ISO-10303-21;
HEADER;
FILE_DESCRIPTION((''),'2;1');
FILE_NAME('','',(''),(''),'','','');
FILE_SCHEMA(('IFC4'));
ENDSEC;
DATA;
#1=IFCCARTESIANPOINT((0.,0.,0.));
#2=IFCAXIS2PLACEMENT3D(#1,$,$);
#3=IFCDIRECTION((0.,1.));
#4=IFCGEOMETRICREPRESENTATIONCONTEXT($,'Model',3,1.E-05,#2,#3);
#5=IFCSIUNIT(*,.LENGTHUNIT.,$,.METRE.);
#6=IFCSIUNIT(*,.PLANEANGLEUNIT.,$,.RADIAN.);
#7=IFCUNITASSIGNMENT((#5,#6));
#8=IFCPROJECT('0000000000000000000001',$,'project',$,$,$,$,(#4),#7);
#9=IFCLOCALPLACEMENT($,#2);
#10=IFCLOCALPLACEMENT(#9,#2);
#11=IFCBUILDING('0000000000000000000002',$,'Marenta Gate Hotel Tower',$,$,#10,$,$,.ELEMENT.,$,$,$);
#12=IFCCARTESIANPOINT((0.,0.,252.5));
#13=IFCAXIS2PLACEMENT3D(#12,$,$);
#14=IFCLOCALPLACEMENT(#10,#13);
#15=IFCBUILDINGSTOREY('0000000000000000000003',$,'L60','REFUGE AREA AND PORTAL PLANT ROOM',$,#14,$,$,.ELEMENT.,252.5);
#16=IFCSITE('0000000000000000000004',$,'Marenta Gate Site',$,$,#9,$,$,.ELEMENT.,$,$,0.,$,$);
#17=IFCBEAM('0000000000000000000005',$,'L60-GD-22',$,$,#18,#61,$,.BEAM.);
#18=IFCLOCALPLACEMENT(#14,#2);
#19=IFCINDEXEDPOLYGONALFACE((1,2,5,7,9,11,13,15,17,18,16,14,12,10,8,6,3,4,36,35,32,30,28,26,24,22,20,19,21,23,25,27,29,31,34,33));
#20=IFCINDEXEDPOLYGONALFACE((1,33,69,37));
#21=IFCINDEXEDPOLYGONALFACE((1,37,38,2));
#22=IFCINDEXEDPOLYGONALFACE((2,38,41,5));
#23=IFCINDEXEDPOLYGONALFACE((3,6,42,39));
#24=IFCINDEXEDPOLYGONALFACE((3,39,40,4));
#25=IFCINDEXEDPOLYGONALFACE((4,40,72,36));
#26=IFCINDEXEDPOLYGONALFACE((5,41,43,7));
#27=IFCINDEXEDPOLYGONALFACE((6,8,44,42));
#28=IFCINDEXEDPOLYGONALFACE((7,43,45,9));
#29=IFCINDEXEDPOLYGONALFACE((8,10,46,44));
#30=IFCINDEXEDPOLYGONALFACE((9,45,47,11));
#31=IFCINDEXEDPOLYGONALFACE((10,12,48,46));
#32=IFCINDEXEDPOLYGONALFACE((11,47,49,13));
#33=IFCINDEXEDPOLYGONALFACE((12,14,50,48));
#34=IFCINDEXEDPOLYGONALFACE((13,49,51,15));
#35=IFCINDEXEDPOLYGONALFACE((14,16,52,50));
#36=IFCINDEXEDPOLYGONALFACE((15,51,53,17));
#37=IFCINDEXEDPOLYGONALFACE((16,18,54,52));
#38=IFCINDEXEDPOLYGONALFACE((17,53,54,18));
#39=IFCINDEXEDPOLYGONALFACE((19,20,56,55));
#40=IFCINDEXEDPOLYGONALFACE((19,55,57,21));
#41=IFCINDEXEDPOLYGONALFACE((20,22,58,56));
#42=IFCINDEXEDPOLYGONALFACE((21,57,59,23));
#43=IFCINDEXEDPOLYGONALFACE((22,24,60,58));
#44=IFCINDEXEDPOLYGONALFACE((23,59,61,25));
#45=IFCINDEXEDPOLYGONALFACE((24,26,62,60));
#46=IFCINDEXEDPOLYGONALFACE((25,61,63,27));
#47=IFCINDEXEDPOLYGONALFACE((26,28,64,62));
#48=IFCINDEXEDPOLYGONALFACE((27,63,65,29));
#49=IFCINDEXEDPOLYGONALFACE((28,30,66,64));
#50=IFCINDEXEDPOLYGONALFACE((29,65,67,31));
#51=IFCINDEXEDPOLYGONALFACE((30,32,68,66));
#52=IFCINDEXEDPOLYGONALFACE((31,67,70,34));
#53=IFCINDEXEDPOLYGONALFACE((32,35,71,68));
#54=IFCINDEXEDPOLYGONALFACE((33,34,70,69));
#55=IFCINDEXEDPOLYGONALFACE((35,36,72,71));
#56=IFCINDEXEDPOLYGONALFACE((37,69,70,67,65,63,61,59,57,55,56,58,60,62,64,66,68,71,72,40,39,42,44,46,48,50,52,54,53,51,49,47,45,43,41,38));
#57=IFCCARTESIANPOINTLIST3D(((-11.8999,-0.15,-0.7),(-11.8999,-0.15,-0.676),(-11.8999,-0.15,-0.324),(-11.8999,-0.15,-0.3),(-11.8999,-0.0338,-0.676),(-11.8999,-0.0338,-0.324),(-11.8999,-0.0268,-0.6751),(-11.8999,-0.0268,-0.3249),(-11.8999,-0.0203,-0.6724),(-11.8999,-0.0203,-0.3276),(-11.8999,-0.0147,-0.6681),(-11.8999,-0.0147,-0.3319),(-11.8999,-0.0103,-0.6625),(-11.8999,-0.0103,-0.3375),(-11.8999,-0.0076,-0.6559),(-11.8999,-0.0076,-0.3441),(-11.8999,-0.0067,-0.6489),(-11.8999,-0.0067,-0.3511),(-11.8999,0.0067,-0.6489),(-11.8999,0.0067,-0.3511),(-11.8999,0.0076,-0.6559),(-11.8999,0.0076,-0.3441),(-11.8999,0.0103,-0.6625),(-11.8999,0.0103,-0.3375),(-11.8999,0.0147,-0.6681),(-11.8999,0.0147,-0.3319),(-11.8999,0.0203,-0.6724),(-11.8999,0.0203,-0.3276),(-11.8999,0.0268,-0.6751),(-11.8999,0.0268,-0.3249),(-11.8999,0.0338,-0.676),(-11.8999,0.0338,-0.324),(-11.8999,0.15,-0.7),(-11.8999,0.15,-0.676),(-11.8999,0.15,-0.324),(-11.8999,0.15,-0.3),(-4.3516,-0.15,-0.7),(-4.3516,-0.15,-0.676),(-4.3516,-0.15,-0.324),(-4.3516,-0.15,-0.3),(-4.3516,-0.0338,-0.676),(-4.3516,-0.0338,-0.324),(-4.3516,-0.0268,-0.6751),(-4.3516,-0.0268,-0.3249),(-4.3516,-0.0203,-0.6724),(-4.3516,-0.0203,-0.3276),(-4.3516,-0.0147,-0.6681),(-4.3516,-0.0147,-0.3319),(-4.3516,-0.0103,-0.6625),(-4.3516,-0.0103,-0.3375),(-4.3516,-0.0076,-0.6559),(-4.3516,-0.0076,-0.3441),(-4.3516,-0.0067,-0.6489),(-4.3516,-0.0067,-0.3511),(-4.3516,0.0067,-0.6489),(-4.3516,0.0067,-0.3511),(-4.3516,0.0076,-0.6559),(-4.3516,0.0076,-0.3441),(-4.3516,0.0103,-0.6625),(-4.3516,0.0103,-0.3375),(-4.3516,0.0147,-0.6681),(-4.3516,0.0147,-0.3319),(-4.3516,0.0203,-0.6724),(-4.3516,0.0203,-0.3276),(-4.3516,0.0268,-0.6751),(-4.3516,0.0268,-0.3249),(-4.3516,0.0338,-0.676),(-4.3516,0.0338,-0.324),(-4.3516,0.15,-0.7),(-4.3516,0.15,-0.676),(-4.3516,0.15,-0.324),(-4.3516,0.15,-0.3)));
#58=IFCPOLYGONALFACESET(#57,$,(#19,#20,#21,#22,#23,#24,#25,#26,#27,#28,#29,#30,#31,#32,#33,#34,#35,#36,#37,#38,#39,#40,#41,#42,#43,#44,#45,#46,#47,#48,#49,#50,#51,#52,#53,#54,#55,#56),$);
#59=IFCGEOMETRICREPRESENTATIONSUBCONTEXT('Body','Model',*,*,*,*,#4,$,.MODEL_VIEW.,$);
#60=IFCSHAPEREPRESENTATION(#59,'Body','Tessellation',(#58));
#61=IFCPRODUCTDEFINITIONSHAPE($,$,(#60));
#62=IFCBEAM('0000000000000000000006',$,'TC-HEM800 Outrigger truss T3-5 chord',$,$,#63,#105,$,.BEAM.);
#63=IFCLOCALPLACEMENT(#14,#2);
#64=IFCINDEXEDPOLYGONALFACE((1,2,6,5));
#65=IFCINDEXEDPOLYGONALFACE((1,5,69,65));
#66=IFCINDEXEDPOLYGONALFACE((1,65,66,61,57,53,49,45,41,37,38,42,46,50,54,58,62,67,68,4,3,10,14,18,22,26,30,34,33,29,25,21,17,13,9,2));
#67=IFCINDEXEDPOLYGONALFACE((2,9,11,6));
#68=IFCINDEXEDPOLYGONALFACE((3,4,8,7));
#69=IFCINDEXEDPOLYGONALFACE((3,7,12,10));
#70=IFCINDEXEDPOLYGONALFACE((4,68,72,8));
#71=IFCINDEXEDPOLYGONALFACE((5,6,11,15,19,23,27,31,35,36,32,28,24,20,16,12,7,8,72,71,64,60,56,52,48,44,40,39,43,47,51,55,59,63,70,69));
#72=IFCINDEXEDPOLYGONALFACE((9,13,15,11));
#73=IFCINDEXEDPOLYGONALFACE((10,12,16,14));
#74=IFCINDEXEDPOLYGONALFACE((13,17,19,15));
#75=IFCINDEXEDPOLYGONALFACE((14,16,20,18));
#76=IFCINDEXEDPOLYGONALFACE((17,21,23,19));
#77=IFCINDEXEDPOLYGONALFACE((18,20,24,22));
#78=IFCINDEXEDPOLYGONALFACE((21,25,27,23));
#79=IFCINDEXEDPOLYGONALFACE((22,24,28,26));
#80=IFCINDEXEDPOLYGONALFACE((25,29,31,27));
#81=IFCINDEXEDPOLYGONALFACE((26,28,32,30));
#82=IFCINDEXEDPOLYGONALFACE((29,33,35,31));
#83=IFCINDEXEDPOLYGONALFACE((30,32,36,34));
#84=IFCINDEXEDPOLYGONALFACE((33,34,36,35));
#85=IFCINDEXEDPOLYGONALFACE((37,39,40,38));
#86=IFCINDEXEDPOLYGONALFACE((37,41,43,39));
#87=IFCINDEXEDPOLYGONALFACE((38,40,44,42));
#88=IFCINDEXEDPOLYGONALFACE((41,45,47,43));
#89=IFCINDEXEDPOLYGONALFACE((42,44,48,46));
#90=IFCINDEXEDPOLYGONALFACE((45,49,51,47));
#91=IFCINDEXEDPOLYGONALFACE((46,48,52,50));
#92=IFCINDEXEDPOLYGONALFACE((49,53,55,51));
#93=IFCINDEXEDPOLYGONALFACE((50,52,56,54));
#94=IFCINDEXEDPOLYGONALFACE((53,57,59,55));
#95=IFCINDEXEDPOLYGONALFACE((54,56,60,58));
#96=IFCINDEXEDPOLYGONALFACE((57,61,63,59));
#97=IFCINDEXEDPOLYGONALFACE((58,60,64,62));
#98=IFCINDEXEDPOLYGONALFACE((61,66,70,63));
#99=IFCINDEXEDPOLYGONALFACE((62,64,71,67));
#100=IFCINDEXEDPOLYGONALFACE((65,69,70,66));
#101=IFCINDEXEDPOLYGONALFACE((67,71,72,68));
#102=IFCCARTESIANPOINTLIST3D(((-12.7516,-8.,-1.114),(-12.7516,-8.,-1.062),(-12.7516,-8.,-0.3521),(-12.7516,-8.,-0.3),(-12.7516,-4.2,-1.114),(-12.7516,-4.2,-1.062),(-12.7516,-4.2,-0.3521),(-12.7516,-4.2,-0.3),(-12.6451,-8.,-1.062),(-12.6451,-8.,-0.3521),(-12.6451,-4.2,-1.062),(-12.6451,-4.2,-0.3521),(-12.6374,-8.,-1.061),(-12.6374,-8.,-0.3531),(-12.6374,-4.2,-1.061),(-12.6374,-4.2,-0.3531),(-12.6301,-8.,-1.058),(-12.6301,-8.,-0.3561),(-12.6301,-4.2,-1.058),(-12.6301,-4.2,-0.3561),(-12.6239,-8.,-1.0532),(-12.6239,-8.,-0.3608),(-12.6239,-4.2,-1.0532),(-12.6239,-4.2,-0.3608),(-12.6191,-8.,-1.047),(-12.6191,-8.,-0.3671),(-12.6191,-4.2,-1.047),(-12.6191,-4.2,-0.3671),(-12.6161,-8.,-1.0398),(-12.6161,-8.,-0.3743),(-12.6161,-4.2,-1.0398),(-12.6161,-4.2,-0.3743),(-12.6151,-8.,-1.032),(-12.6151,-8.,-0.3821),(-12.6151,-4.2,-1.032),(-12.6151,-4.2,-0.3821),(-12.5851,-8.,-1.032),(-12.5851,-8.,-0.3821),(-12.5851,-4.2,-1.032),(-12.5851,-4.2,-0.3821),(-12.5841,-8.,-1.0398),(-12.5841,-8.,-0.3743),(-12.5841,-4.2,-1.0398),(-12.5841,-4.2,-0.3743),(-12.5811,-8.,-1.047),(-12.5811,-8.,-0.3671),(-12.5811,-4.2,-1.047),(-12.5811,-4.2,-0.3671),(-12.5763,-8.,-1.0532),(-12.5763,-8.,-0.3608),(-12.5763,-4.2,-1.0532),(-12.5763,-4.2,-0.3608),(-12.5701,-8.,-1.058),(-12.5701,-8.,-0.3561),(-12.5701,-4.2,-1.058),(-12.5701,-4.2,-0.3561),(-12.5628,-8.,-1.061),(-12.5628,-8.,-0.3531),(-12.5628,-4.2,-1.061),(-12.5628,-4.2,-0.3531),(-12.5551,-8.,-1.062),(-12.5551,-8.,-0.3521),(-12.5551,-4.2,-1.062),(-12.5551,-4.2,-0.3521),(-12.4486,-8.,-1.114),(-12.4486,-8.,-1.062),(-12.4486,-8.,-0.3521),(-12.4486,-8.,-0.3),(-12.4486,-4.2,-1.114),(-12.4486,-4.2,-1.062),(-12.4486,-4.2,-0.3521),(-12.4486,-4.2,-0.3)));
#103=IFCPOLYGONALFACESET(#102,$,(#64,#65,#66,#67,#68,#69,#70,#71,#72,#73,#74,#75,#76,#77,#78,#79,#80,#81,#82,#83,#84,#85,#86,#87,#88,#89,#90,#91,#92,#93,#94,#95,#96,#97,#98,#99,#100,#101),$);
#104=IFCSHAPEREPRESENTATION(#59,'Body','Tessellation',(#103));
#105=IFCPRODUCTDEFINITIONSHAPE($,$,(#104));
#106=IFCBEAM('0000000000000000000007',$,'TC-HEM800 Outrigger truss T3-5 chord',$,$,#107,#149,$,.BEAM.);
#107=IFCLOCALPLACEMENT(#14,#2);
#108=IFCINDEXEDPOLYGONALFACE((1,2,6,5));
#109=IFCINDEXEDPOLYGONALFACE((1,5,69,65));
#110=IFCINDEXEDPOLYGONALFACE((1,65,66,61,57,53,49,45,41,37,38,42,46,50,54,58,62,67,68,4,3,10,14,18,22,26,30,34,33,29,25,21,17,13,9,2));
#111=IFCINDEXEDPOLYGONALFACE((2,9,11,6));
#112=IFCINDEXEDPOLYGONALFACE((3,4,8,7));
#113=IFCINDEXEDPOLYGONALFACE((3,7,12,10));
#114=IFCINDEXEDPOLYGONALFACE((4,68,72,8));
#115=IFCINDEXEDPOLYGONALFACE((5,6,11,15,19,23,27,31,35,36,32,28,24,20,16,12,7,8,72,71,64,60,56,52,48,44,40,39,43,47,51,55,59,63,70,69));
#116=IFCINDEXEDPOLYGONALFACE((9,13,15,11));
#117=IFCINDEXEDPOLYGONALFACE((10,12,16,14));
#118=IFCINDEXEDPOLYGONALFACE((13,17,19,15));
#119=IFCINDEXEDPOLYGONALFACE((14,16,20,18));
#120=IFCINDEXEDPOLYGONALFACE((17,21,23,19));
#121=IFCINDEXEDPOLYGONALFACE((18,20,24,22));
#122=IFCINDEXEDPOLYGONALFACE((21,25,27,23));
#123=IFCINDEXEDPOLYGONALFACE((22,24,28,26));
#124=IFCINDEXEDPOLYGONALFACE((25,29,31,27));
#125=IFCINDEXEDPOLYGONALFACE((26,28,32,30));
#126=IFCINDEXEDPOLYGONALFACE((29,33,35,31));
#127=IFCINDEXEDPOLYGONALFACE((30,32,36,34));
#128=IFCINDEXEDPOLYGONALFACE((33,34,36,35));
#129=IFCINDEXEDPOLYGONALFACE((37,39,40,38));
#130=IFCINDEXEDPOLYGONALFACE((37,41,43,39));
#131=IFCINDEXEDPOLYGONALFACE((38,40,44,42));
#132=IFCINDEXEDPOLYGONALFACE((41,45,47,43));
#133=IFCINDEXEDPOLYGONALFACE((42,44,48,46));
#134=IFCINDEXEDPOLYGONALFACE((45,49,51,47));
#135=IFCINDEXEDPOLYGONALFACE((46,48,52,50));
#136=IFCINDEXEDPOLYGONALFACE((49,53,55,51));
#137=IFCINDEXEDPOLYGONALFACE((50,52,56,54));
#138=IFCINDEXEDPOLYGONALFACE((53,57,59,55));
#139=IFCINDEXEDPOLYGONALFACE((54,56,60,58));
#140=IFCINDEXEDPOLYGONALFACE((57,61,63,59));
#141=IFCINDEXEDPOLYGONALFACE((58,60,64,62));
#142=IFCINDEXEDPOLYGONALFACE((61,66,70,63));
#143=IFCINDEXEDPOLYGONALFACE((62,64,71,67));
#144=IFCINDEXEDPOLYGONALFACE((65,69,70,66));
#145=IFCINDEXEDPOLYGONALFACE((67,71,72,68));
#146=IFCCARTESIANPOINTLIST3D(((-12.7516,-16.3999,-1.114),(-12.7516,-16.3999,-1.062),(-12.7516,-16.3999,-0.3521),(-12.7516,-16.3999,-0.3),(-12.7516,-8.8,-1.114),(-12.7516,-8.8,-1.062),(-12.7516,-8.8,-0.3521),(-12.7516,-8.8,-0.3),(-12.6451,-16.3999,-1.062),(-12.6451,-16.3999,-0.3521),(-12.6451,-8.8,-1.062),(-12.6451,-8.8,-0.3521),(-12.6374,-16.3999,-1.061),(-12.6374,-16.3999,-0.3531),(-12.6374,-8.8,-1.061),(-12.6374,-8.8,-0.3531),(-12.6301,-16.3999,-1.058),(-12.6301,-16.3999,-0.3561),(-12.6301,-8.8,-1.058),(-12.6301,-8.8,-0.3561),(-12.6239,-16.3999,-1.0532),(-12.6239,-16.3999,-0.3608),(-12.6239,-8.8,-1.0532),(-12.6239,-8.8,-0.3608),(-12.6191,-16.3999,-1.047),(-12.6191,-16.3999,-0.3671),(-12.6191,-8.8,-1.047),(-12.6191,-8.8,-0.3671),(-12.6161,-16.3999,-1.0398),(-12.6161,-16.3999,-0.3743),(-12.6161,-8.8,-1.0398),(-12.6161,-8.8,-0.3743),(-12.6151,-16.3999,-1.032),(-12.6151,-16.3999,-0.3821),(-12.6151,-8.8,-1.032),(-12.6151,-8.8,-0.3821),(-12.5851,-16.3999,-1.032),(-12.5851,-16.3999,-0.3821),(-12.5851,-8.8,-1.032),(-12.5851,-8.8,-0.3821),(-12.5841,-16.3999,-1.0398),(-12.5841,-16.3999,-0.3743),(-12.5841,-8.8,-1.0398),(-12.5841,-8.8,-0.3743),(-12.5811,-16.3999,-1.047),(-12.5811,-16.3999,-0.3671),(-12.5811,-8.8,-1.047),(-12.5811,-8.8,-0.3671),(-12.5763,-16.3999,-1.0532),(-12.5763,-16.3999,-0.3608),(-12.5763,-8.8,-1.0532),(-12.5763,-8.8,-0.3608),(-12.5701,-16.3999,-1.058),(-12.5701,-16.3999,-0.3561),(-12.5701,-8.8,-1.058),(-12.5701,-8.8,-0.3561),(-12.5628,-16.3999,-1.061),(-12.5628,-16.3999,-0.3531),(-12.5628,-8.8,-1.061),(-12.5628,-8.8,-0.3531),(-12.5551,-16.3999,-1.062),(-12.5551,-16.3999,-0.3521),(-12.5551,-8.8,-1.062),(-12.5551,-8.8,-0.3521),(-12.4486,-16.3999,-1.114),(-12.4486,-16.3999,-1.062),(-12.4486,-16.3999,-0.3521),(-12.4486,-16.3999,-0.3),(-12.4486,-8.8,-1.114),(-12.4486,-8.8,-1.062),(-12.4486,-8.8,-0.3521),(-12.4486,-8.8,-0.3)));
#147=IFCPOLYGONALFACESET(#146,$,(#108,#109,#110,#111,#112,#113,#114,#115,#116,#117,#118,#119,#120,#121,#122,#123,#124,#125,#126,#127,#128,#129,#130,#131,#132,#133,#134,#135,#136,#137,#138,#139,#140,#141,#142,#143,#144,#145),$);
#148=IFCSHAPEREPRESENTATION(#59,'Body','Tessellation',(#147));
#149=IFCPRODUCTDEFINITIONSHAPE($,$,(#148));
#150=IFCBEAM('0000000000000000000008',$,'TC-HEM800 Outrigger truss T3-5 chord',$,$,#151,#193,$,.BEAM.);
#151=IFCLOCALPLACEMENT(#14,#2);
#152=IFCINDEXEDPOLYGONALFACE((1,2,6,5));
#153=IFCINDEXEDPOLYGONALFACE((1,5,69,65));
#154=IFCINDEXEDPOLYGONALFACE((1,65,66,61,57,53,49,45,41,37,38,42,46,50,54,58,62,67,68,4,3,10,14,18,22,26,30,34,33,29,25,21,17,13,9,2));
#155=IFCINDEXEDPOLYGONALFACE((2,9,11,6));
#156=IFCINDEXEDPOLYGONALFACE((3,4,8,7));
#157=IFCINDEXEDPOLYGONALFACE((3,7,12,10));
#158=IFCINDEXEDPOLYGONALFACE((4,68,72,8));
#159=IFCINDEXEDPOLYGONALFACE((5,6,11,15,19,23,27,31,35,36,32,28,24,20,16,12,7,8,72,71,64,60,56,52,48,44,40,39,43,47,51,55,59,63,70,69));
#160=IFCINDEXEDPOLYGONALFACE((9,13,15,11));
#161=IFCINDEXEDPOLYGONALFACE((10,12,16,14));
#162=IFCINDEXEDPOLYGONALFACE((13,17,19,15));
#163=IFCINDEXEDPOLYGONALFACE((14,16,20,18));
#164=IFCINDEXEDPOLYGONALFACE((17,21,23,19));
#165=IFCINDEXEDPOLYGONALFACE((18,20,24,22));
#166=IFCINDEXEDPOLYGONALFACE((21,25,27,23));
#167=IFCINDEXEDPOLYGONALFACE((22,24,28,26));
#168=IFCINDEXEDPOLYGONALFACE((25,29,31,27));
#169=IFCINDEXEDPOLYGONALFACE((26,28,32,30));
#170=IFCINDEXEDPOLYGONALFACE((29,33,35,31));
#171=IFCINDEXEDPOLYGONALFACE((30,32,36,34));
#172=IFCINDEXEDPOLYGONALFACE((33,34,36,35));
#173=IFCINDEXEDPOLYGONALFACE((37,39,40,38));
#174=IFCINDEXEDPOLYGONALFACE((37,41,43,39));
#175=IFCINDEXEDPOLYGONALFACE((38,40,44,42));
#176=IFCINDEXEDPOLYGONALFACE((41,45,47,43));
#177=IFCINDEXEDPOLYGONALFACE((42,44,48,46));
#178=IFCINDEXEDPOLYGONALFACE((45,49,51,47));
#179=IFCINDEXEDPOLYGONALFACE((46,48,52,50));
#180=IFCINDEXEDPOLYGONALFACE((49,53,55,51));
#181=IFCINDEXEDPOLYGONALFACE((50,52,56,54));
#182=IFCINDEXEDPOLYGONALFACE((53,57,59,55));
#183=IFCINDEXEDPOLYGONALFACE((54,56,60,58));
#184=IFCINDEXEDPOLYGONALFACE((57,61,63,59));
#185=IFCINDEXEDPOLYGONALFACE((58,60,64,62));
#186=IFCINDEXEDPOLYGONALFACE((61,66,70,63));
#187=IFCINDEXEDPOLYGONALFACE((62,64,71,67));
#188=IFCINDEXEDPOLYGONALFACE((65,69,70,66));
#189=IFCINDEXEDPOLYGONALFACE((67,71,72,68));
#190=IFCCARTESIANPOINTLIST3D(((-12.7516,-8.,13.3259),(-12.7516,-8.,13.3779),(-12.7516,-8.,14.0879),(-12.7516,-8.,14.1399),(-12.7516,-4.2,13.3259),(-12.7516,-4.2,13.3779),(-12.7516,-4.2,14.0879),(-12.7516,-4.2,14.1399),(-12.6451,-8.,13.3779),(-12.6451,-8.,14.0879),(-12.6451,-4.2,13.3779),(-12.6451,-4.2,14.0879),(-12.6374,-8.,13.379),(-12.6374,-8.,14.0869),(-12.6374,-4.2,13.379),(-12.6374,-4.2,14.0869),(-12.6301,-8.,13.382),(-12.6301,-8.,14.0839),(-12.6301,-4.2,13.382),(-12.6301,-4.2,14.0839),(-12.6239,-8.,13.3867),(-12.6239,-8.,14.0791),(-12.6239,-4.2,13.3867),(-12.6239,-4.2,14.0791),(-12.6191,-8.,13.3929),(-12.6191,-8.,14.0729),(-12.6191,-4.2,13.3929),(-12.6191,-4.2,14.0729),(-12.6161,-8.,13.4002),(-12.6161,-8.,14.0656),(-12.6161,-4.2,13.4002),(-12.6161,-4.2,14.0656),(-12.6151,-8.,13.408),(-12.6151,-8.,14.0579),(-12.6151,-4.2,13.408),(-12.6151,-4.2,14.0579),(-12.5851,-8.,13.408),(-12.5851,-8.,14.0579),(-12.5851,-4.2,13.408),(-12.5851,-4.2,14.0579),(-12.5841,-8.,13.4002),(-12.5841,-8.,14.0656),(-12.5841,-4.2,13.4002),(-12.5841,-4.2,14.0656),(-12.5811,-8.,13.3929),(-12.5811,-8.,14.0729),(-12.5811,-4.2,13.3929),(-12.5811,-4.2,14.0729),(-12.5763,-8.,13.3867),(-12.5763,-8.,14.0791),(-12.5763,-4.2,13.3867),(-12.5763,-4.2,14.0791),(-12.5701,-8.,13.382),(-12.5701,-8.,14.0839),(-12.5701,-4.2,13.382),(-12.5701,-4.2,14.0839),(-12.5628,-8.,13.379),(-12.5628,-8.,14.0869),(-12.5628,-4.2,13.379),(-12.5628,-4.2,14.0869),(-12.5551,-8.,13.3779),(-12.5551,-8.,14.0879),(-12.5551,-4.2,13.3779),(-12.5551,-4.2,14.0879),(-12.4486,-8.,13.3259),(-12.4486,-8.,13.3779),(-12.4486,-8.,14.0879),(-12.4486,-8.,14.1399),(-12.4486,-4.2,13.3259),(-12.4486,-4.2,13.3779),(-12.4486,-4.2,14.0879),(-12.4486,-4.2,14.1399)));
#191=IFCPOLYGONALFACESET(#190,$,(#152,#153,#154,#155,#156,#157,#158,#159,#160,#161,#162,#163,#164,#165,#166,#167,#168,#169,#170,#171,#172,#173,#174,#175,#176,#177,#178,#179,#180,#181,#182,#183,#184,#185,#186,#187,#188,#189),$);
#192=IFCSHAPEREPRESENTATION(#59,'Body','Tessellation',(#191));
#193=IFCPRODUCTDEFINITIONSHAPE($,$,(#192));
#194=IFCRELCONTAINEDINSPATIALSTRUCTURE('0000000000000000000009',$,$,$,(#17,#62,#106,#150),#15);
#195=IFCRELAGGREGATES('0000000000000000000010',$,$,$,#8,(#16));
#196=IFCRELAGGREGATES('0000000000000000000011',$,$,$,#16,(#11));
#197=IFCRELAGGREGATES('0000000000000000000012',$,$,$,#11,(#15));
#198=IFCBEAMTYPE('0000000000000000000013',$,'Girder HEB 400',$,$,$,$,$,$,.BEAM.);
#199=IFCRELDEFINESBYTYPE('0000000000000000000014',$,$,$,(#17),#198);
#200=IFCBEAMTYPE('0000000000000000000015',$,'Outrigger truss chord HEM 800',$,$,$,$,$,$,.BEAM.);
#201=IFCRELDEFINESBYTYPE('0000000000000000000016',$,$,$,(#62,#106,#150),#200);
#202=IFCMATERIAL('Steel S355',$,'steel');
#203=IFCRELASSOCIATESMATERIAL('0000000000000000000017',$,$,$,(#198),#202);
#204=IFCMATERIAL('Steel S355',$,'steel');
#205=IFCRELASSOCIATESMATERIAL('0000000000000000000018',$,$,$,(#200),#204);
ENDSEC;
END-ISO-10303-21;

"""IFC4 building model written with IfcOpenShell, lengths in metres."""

from ifc_helpers import new_model, si_unit, direction, frame, origin, origin_2d, place, context, subcontext, project, spatial, i_section, extrude, material, material_profile, profile_set, type_object, element, save


model = new_model("IFC4")

# Units and contexts
model_context = context("Model", 3, precision=1e-05, world=origin(), true_north=direction((0.0, 1.0)))
body_context = subcontext(model_context, "Body", "Model", "MODEL_VIEW")
ifc_project = project(units=[si_unit("LENGTHUNIT", "METRE"), si_unit("PLANEANGLEUNIT", "RADIAN")], contexts=[model_context])

# Site, building, storey
site_placement = place(None, origin())
site = spatial("IfcSite", under=ifc_project, at=site_placement, Name="Marenta Gate Site", CompositionType="ELEMENT", RefElevation=0.0)
building_placement = place(site_placement, origin())
building = spatial("IfcBuilding", under=site, at=building_placement, Name="Marenta Gate Hotel Tower", CompositionType="ELEMENT")
storey_placement = place(building_placement, frame((0.0, 0.0, 252.5)))
storey = spatial("IfcBuildingStorey", under=building, at=storey_placement, Name="L60", Description="REFUGE AREA AND PORTAL PLANT ROOM", CompositionType="ELEMENT", Elevation=252.5)

# Beams
ifc_material_1 = material(Name="Steel S355", Category="steel")
ifc_material_profile_1 = material_profile(ifc_material_1, i_section(OverallWidth=0.3, OverallDepth=0.3999, WebThickness=0.0134, FlangeThickness=0.0239, FilletRadius=0.0271, at=origin_2d()), Name="HEB 400")
ifc_profile_set_1 = profile_set([ifc_material_profile_1], Name="Steel S355")
beam_type_1 = type_object("IfcBeamType", Name="Girder HEB 400", PredefinedType="BEAM", material=ifc_profile_set_1)
beam_1_placement = place(storey_placement, frame((-11.8999, 0.0, -0.5), z_axis=(1.0, 0.0, 0.0), x_axis=(0.0, 1.0, 0.0)))
element("IfcBeam", 1, at=beam_1_placement, inside=storey, type_object=beam_type_1, Name="L60-GD-22", PredefinedType="BEAM", context=body_context, shape_type="SweptSolid", body=[
    extrude(i_section(OverallWidth=0.3, OverallDepth=0.3999, WebThickness=0.0134, FlangeThickness=0.0239, FilletRadius=0.0271, at=origin_2d()), origin(), (0.0, 0.0, 1.0), 7.5483),
])
ifc_material_2 = material(Name="Steel S355", Category="steel")
ifc_material_profile_2 = material_profile(ifc_material_2, i_section(OverallWidth=0.303, OverallDepth=0.814, WebThickness=0.03, FlangeThickness=0.052, FilletRadius=0.03, at=origin_2d()), Name="HEM 800")
ifc_profile_set_2 = profile_set([ifc_material_profile_2], Name="Steel S355")
beam_type_2 = type_object("IfcBeamType", Name="Outrigger truss chord HEM 800", PredefinedType="BEAM", material=ifc_profile_set_2)
beam_2_placement = place(storey_placement, frame((-12.6001, -4.2, -0.707), z_axis=(0.0, -1.0, 0.0), x_axis=(1.0, 0.0, 0.0)))
element("IfcBeam", 2, at=beam_2_placement, inside=storey, type_object=beam_type_2, Name="TC-HEM800 Outrigger truss T3-5 chord", PredefinedType="BEAM", context=body_context, shape_type="SweptSolid", body=[
    extrude(i_section(OverallWidth=0.303, OverallDepth=0.814, WebThickness=0.03, FlangeThickness=0.052, FilletRadius=0.03, at=origin_2d()), origin(), (0.0, 0.0, 1.0), 3.8),
])
beam_3_placement = place(storey_placement, frame((-12.6001, -8.8, -0.707), z_axis=(0.0, -1.0, 0.0), x_axis=(1.0, 0.0, 0.0)))
element("IfcBeam", 3, at=beam_3_placement, inside=storey, type_object=beam_type_2, Name="TC-HEM800 Outrigger truss T3-5 chord", PredefinedType="BEAM", context=body_context, shape_type="SweptSolid", body=[
    extrude(i_section(OverallWidth=0.303, OverallDepth=0.814, WebThickness=0.03, FlangeThickness=0.052, FilletRadius=0.03, at=origin_2d()), origin(), (0.0, 0.0, 1.0), 7.5999),
])
beam_4_placement = place(storey_placement, frame((-12.6001, -4.2, 13.7329), z_axis=(0.0, -1.0, 0.0), x_axis=(1.0, 0.0, 0.0)))
element("IfcBeam", 4, at=beam_4_placement, inside=storey, type_object=beam_type_2, Name="TC-HEM800 Outrigger truss T3-5 chord", PredefinedType="BEAM", context=body_context, shape_type="SweptSolid", body=[
    extrude(i_section(OverallWidth=0.303, OverallDepth=0.814, WebThickness=0.03, FlangeThickness=0.052, FilletRadius=0.03, at=origin_2d()), origin(), (0.0, 0.0, 1.0), 3.8),
])

save(model, "model.ifc")
